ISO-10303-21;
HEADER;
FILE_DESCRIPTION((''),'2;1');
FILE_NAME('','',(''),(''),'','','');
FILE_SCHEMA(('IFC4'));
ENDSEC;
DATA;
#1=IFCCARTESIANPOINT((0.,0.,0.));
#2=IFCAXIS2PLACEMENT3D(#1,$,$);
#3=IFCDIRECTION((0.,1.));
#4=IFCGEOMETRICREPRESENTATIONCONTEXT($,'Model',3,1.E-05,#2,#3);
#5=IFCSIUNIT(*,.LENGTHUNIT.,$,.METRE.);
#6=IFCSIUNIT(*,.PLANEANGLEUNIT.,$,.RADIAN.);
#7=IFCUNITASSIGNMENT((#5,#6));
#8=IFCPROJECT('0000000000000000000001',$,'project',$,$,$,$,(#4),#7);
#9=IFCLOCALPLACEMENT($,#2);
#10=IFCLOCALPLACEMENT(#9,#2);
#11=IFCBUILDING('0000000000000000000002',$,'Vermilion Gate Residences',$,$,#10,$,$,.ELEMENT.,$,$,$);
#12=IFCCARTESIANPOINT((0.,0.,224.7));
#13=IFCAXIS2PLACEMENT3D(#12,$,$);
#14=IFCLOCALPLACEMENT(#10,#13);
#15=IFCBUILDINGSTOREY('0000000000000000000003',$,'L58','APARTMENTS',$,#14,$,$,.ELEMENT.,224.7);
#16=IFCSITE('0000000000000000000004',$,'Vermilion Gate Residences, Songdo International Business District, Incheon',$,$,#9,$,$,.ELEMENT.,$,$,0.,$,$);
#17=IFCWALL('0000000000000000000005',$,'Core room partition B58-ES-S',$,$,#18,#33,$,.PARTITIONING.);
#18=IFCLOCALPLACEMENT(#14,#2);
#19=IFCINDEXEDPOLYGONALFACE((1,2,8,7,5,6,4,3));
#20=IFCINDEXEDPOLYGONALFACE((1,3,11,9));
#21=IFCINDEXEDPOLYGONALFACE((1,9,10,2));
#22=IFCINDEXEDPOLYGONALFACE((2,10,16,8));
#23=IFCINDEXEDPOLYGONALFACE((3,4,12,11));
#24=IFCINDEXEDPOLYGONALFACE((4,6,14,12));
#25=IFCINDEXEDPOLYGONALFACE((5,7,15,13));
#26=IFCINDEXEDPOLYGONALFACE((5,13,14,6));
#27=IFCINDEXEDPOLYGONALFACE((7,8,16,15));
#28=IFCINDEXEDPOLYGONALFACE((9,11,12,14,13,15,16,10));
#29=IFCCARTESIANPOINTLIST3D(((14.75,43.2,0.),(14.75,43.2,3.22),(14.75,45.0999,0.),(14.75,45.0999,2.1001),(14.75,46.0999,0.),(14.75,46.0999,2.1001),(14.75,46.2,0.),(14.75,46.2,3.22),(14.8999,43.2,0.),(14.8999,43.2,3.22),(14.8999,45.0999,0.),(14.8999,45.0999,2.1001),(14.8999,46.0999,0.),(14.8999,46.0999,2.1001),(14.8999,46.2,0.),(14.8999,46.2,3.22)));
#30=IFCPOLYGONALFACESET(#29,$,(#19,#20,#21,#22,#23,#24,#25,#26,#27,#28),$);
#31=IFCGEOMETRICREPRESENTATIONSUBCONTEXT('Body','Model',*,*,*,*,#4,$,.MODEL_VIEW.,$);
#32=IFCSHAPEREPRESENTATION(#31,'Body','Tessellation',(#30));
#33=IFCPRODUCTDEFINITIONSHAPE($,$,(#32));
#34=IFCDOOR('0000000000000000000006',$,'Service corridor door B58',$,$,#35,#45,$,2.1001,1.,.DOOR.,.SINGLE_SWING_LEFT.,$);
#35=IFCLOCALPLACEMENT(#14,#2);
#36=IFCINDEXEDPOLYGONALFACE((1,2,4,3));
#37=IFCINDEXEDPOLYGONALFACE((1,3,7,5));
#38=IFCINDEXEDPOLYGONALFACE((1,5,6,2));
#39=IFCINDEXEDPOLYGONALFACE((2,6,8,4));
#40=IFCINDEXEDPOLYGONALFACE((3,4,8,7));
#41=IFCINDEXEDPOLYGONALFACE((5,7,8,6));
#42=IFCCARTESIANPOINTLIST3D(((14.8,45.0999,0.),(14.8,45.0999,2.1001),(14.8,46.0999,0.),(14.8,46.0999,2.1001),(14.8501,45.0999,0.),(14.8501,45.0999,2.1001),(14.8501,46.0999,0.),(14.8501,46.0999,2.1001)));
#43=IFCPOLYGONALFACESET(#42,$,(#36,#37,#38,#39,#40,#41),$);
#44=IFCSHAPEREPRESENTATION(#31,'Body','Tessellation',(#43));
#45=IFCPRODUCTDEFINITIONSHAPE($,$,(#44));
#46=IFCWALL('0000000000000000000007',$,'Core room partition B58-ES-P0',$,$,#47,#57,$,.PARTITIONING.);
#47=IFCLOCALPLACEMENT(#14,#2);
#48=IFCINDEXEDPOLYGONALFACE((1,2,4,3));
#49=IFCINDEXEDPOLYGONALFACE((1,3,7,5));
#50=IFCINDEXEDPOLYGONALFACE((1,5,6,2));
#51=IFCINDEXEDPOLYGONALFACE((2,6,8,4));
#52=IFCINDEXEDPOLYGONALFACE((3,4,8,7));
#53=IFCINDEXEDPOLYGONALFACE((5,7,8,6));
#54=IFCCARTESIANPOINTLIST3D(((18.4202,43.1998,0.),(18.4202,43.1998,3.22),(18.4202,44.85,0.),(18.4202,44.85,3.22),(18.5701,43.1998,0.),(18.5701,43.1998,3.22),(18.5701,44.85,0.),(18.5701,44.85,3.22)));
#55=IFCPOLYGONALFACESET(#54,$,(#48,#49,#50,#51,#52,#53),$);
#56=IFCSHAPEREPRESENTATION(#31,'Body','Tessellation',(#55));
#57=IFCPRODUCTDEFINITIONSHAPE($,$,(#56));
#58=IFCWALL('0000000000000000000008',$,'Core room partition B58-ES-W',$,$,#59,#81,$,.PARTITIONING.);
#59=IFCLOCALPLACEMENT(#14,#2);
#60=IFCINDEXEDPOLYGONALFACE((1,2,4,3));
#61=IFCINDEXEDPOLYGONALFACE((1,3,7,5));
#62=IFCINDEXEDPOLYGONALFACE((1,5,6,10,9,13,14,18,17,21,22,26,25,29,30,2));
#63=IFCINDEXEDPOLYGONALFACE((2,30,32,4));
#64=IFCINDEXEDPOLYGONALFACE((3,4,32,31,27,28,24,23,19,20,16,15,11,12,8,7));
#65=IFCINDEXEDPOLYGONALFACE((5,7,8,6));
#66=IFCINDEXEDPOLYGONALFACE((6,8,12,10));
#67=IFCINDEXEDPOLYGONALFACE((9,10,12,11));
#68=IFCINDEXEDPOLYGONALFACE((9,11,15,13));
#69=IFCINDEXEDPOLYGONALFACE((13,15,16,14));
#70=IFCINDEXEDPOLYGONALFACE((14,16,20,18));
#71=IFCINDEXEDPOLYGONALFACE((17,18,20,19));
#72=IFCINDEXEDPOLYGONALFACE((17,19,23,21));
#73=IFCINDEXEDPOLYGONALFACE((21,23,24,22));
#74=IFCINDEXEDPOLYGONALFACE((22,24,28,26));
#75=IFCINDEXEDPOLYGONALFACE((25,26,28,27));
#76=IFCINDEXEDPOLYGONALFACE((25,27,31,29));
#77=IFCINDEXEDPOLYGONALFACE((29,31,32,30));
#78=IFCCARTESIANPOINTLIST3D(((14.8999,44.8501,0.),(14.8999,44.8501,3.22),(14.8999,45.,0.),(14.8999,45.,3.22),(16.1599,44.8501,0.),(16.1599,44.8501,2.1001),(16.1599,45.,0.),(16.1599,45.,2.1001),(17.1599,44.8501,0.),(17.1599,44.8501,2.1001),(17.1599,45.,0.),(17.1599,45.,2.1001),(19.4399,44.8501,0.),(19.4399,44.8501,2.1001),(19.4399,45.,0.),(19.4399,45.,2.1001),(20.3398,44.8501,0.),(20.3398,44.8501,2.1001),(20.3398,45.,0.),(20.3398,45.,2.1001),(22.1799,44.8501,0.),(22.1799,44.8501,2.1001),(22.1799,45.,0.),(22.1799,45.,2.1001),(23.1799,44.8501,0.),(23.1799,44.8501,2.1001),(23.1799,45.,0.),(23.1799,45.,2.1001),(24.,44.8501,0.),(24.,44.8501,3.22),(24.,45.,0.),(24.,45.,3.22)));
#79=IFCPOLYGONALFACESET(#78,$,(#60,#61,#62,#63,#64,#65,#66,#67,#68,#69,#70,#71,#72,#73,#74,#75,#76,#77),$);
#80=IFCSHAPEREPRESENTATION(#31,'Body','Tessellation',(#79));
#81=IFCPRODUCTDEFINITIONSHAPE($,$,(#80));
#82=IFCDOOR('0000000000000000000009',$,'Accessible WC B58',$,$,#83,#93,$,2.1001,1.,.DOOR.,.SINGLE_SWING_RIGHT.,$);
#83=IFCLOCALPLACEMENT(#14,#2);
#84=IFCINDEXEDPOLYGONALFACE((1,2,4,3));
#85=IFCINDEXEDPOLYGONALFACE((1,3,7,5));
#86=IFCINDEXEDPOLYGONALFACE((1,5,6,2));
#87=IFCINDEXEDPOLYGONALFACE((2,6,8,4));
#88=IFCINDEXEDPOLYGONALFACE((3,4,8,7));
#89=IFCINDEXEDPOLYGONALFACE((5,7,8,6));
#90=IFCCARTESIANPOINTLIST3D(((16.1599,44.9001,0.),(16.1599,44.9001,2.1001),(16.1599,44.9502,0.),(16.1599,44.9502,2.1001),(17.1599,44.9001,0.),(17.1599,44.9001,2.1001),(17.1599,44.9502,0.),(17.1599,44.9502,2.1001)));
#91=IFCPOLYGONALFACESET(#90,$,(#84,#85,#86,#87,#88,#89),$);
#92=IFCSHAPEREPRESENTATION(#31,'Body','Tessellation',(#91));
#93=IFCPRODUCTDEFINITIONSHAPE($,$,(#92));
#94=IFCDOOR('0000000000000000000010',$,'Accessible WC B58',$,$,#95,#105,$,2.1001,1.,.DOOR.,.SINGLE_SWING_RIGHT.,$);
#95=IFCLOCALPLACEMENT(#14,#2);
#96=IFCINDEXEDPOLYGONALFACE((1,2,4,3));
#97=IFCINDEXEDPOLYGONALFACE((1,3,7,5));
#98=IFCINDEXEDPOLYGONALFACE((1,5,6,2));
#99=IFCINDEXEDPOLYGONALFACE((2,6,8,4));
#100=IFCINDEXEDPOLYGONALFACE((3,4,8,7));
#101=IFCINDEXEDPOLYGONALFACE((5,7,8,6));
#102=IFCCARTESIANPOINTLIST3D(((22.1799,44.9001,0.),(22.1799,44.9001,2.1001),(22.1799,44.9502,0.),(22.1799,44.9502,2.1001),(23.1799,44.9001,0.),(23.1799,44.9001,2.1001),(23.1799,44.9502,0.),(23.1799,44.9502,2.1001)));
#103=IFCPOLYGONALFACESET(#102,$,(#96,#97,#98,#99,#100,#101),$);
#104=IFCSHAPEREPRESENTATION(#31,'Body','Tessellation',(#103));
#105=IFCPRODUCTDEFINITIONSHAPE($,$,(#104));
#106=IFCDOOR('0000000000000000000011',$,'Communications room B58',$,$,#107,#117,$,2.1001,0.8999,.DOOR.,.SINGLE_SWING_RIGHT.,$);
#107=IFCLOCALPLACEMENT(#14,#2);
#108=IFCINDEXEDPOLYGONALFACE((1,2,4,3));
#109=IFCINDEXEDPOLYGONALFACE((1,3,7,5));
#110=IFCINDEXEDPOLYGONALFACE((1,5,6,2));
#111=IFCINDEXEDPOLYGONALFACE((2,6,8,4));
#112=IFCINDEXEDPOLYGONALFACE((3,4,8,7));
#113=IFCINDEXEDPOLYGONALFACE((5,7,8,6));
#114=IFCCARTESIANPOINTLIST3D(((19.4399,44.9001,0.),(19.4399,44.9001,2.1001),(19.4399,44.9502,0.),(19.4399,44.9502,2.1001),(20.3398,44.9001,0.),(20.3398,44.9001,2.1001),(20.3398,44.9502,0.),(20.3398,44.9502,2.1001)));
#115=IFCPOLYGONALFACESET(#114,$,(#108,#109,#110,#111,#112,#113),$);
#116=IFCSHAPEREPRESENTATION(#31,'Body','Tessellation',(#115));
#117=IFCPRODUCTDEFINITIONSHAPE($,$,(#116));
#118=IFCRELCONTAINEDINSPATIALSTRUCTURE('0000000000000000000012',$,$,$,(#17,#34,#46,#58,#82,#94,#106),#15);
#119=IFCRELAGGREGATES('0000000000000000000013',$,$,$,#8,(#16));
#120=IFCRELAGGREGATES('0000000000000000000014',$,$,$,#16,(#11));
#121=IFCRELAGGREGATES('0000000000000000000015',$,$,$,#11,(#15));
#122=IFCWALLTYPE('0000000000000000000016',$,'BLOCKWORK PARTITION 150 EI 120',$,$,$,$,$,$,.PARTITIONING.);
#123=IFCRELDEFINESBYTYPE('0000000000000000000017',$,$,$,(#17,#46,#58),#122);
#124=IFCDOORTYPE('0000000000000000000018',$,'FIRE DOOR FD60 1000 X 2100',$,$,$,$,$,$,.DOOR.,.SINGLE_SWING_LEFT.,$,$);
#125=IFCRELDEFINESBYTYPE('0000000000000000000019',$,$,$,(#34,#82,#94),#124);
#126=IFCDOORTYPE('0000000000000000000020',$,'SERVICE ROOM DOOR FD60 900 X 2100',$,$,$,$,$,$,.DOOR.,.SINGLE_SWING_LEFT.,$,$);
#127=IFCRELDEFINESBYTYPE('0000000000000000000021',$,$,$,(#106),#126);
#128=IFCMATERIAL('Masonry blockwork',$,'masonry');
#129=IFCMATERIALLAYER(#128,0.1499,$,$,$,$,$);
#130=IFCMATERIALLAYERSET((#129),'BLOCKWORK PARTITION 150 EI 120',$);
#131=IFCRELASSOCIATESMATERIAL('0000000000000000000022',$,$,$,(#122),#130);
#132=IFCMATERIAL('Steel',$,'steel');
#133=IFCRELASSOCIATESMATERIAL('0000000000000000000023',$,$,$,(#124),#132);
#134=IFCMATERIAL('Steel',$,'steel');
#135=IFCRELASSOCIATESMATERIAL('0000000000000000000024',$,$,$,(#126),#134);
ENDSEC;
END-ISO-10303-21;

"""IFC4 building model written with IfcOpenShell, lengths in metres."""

from ifc_helpers import new_model, si_unit, direction, frame, frame_2d, origin, place, context, subcontext, project, spatial, rectangle, extrude, material, layer, layer_set, type_object, element, fill, save


model = new_model("IFC4")

# Units and contexts
model_context = context("Model", 3, precision=1e-05, world=origin(), true_north=direction((0.0, 1.0)))
body_context = subcontext(model_context, "Body", "Model", "MODEL_VIEW")
ifc_project = project(units=[si_unit("LENGTHUNIT", "METRE"), si_unit("PLANEANGLEUNIT", "RADIAN")], contexts=[model_context])

# Site, building, storey
site_placement = place(None, origin())
site = spatial("IfcSite", under=ifc_project, at=site_placement, Name="Vermilion Gate Residences, Songdo International Business District, Incheon", CompositionType="ELEMENT", RefElevation=0.0)
building_placement = place(site_placement, origin())
building = spatial("IfcBuilding", under=site, at=building_placement, Name="Vermilion Gate Residences", CompositionType="ELEMENT")
storey_placement = place(building_placement, frame((0.0, 0.0, 224.7)))
storey = spatial("IfcBuildingStorey", under=building, at=storey_placement, Name="L58", Description="APARTMENTS", CompositionType="ELEMENT", Elevation=224.7)

# Wall, opening, door
ifc_material_1 = material(Name="Masonry blockwork", Category="masonry")
ifc_layer_1 = layer(ifc_material_1, 0.1499)
ifc_layer_set_1 = layer_set([ifc_layer_1], Name="BLOCKWORK PARTITION 150 EI 120")
wall_type_1 = type_object("IfcWallType", Name="BLOCKWORK PARTITION 150 EI 120", PredefinedType="PARTITIONING", material=ifc_layer_set_1)
wall_1_placement = place(storey_placement, frame((14.825, 46.2, 0.0), z_axis=(0.0, 0.0, 1.0), x_axis=(0.0, -1.0, 0.0)))
wall_1 = element("IfcWall", 1, at=wall_1_placement, inside=storey, type_object=wall_type_1, Name="Core room partition B58-ES-S", PredefinedType="PARTITIONING", context=body_context, shape_type="SweptSolid", body=[
    extrude(rectangle(XDim=3.0, YDim=0.1499, at=frame_2d((1.5, 0.0))), origin(), (0.0, 0.0, 1.0), 3.22),
])
opening_1_placement = place(wall_1_placement, frame((0.1001, 0.0, 0.0)))
opening_1 = element("IfcOpeningElement", 2, at=opening_1_placement, cuts=wall_1, PredefinedType="OPENING", context=body_context, shape_type="SweptSolid", body=[
    extrude(rectangle(XDim=1.0, YDim=2.1001, at=frame_2d((0.5, 1.05))), frame((0.0, 0.085, 0.0), z_axis=(0.0, -1.0, 0.0), x_axis=(1.0, 0.0, 0.0)), (0.0, 0.0, 1.0), 0.1699),
])
ifc_material_2 = material(Name="Steel", Category="steel")
door_type_1 = type_object("IfcDoorType", Name="FIRE DOOR FD60 1000 X 2100", OperationType="SINGLE_SWING_LEFT", PredefinedType="DOOR", material=ifc_material_2)
door_1_placement = place(opening_1_placement, frame((1.0, 0.0, 0.0), z_axis=(0.0, 0.0, 1.0), x_axis=(-1.0, 0.0, 0.0)))
door_1 = element("IfcDoor", 3, at=door_1_placement, inside=storey, type_object=door_type_1, Name="Service corridor door B58", OperationType="SINGLE_SWING_LEFT", OverallHeight=2.1001, OverallWidth=1.0, PredefinedType="DOOR", context=body_context, shape_type="SweptSolid", body=[
    extrude(rectangle(XDim=1.0, YDim=2.1001, at=frame_2d((0.5, 1.05))), frame((0.0, 0.0249, 0.0), z_axis=(0.0, -1.0, 0.0), x_axis=(1.0, 0.0, 0.0)), (0.0, 0.0, 1.0), 0.05),
])
fill(opening_1, door_1)

# Wall
wall_2_placement = place(storey_placement, frame((18.4951, 44.8501, 0.0), z_axis=(0.0, 0.0, 1.0), x_axis=(0.0, -1.0, 0.0)))
element("IfcWall", 4, at=wall_2_placement, inside=storey, type_object=wall_type_1, Name="Core room partition B58-ES-P0", PredefinedType="PARTITIONING", context=body_context, shape_type="SweptSolid", body=[
    extrude(rectangle(XDim=1.6501, YDim=0.1499, at=frame_2d((0.8252, 0.0))), origin(), (0.0, 0.0, 1.0), 3.22),
])

# Wall, openings, doors
wall_3_placement = place(storey_placement, frame((14.8999, 44.925, 0.0), z_axis=(0.0, 0.0, 1.0), x_axis=(1.0, 0.0, 0.0)))
wall_3 = element("IfcWall", 5, at=wall_3_placement, inside=storey, type_object=wall_type_1, Name="Core room partition B58-ES-W", PredefinedType="PARTITIONING", context=body_context, shape_type="SweptSolid", body=[
    extrude(rectangle(XDim=9.1001, YDim=0.1499, at=frame_2d((4.55, 0.0))), origin(), (0.0, 0.0, 1.0), 3.22),
])
opening_2_placement = place(wall_3_placement, frame((1.26, 0.0, 0.0)))
opening_2 = element("IfcOpeningElement", 6, at=opening_2_placement, cuts=wall_3, PredefinedType="OPENING", context=body_context, shape_type="SweptSolid", body=[
    extrude(rectangle(XDim=1.0, YDim=2.1001, at=frame_2d((0.5, 1.05))), frame((0.0, 0.085, 0.0), z_axis=(0.0, -1.0, 0.0), x_axis=(1.0, 0.0, 0.0)), (0.0, 0.0, 1.0), 0.1699),
])
opening_3_placement = place(wall_3_placement, frame((4.54, 0.0, 0.0)))
opening_3 = element("IfcOpeningElement", 7, at=opening_3_placement, cuts=wall_3, PredefinedType="OPENING", context=body_context, shape_type="SweptSolid", body=[
    extrude(rectangle(XDim=0.8999, YDim=2.1001, at=frame_2d((0.45, 1.05))), frame((0.0, 0.085, 0.0), z_axis=(0.0, -1.0, 0.0), x_axis=(1.0, 0.0, 0.0)), (0.0, 0.0, 1.0), 0.1699),
])
opening_4_placement = place(wall_3_placement, frame((7.28, 0.0, 0.0)))
opening_4 = element("IfcOpeningElement", 8, at=opening_4_placement, cuts=wall_3, PredefinedType="OPENING", context=body_context, shape_type="SweptSolid", body=[
    extrude(rectangle(XDim=1.0, YDim=2.1001, at=frame_2d((0.5, 1.05))), frame((0.0, 0.085, 0.0), z_axis=(0.0, -1.0, 0.0), x_axis=(1.0, 0.0, 0.0)), (0.0, 0.0, 1.0), 0.1699),
])
door_2_placement = place(opening_2_placement, frame((1.0, 0.0, 0.0), z_axis=(0.0, 0.0, 1.0), x_axis=(-1.0, 0.0, 0.0)))
door_2 = element("IfcDoor", 9, at=door_2_placement, inside=storey, type_object=door_type_1, Name="Accessible WC B58", OperationType="SINGLE_SWING_RIGHT", OverallHeight=2.1001, OverallWidth=1.0, PredefinedType="DOOR", context=body_context, shape_type="SweptSolid", body=[
    extrude(rectangle(XDim=1.0, YDim=2.1001, at=frame_2d((0.5, 1.05))), frame((0.0, 0.0249, 0.0), z_axis=(0.0, -1.0, 0.0), x_axis=(1.0, 0.0, 0.0)), (0.0, 0.0, 1.0), 0.05),
])
fill(opening_2, door_2)
door_3_placement = place(opening_4_placement, frame((1.0, 0.0, 0.0), z_axis=(0.0, 0.0, 1.0), x_axis=(-1.0, 0.0, 0.0)))
door_3 = element("IfcDoor", 10, at=door_3_placement, inside=storey, type_object=door_type_1, Name="Accessible WC B58", OperationType="SINGLE_SWING_RIGHT", OverallHeight=2.1001, OverallWidth=1.0, PredefinedType="DOOR", context=body_context, shape_type="SweptSolid", body=[
    extrude(rectangle(XDim=1.0, YDim=2.1001, at=frame_2d((0.5, 1.05))), frame((0.0, 0.0249, 0.0), z_axis=(0.0, -1.0, 0.0), x_axis=(1.0, 0.0, 0.0)), (0.0, 0.0, 1.0), 0.05),
])
fill(opening_4, door_3)
ifc_material_3 = material(Name="Steel", Category="steel")
door_type_2 = type_object("IfcDoorType", Name="SERVICE ROOM DOOR FD60 900 X 2100", OperationType="SINGLE_SWING_LEFT", PredefinedType="DOOR", material=ifc_material_3)
door_4_placement = place(opening_3_placement, frame((0.8999, 0.0, 0.0), z_axis=(0.0, 0.0, 1.0), x_axis=(-1.0, 0.0, 0.0)))
door_4 = element("IfcDoor", 11, at=door_4_placement, inside=storey, type_object=door_type_2, Name="Communications room B58", OperationType="SINGLE_SWING_RIGHT", OverallHeight=2.1001, OverallWidth=0.8999, PredefinedType="DOOR", context=body_context, shape_type="SweptSolid", body=[
    extrude(rectangle(XDim=0.8999, YDim=2.1001, at=frame_2d((0.45, 1.05))), frame((0.0, 0.0249, 0.0), z_axis=(0.0, -1.0, 0.0), x_axis=(1.0, 0.0, 0.0)), (0.0, 0.0, 1.0), 0.05),
])
fill(opening_3, door_4)

save(model, "model.ifc")
